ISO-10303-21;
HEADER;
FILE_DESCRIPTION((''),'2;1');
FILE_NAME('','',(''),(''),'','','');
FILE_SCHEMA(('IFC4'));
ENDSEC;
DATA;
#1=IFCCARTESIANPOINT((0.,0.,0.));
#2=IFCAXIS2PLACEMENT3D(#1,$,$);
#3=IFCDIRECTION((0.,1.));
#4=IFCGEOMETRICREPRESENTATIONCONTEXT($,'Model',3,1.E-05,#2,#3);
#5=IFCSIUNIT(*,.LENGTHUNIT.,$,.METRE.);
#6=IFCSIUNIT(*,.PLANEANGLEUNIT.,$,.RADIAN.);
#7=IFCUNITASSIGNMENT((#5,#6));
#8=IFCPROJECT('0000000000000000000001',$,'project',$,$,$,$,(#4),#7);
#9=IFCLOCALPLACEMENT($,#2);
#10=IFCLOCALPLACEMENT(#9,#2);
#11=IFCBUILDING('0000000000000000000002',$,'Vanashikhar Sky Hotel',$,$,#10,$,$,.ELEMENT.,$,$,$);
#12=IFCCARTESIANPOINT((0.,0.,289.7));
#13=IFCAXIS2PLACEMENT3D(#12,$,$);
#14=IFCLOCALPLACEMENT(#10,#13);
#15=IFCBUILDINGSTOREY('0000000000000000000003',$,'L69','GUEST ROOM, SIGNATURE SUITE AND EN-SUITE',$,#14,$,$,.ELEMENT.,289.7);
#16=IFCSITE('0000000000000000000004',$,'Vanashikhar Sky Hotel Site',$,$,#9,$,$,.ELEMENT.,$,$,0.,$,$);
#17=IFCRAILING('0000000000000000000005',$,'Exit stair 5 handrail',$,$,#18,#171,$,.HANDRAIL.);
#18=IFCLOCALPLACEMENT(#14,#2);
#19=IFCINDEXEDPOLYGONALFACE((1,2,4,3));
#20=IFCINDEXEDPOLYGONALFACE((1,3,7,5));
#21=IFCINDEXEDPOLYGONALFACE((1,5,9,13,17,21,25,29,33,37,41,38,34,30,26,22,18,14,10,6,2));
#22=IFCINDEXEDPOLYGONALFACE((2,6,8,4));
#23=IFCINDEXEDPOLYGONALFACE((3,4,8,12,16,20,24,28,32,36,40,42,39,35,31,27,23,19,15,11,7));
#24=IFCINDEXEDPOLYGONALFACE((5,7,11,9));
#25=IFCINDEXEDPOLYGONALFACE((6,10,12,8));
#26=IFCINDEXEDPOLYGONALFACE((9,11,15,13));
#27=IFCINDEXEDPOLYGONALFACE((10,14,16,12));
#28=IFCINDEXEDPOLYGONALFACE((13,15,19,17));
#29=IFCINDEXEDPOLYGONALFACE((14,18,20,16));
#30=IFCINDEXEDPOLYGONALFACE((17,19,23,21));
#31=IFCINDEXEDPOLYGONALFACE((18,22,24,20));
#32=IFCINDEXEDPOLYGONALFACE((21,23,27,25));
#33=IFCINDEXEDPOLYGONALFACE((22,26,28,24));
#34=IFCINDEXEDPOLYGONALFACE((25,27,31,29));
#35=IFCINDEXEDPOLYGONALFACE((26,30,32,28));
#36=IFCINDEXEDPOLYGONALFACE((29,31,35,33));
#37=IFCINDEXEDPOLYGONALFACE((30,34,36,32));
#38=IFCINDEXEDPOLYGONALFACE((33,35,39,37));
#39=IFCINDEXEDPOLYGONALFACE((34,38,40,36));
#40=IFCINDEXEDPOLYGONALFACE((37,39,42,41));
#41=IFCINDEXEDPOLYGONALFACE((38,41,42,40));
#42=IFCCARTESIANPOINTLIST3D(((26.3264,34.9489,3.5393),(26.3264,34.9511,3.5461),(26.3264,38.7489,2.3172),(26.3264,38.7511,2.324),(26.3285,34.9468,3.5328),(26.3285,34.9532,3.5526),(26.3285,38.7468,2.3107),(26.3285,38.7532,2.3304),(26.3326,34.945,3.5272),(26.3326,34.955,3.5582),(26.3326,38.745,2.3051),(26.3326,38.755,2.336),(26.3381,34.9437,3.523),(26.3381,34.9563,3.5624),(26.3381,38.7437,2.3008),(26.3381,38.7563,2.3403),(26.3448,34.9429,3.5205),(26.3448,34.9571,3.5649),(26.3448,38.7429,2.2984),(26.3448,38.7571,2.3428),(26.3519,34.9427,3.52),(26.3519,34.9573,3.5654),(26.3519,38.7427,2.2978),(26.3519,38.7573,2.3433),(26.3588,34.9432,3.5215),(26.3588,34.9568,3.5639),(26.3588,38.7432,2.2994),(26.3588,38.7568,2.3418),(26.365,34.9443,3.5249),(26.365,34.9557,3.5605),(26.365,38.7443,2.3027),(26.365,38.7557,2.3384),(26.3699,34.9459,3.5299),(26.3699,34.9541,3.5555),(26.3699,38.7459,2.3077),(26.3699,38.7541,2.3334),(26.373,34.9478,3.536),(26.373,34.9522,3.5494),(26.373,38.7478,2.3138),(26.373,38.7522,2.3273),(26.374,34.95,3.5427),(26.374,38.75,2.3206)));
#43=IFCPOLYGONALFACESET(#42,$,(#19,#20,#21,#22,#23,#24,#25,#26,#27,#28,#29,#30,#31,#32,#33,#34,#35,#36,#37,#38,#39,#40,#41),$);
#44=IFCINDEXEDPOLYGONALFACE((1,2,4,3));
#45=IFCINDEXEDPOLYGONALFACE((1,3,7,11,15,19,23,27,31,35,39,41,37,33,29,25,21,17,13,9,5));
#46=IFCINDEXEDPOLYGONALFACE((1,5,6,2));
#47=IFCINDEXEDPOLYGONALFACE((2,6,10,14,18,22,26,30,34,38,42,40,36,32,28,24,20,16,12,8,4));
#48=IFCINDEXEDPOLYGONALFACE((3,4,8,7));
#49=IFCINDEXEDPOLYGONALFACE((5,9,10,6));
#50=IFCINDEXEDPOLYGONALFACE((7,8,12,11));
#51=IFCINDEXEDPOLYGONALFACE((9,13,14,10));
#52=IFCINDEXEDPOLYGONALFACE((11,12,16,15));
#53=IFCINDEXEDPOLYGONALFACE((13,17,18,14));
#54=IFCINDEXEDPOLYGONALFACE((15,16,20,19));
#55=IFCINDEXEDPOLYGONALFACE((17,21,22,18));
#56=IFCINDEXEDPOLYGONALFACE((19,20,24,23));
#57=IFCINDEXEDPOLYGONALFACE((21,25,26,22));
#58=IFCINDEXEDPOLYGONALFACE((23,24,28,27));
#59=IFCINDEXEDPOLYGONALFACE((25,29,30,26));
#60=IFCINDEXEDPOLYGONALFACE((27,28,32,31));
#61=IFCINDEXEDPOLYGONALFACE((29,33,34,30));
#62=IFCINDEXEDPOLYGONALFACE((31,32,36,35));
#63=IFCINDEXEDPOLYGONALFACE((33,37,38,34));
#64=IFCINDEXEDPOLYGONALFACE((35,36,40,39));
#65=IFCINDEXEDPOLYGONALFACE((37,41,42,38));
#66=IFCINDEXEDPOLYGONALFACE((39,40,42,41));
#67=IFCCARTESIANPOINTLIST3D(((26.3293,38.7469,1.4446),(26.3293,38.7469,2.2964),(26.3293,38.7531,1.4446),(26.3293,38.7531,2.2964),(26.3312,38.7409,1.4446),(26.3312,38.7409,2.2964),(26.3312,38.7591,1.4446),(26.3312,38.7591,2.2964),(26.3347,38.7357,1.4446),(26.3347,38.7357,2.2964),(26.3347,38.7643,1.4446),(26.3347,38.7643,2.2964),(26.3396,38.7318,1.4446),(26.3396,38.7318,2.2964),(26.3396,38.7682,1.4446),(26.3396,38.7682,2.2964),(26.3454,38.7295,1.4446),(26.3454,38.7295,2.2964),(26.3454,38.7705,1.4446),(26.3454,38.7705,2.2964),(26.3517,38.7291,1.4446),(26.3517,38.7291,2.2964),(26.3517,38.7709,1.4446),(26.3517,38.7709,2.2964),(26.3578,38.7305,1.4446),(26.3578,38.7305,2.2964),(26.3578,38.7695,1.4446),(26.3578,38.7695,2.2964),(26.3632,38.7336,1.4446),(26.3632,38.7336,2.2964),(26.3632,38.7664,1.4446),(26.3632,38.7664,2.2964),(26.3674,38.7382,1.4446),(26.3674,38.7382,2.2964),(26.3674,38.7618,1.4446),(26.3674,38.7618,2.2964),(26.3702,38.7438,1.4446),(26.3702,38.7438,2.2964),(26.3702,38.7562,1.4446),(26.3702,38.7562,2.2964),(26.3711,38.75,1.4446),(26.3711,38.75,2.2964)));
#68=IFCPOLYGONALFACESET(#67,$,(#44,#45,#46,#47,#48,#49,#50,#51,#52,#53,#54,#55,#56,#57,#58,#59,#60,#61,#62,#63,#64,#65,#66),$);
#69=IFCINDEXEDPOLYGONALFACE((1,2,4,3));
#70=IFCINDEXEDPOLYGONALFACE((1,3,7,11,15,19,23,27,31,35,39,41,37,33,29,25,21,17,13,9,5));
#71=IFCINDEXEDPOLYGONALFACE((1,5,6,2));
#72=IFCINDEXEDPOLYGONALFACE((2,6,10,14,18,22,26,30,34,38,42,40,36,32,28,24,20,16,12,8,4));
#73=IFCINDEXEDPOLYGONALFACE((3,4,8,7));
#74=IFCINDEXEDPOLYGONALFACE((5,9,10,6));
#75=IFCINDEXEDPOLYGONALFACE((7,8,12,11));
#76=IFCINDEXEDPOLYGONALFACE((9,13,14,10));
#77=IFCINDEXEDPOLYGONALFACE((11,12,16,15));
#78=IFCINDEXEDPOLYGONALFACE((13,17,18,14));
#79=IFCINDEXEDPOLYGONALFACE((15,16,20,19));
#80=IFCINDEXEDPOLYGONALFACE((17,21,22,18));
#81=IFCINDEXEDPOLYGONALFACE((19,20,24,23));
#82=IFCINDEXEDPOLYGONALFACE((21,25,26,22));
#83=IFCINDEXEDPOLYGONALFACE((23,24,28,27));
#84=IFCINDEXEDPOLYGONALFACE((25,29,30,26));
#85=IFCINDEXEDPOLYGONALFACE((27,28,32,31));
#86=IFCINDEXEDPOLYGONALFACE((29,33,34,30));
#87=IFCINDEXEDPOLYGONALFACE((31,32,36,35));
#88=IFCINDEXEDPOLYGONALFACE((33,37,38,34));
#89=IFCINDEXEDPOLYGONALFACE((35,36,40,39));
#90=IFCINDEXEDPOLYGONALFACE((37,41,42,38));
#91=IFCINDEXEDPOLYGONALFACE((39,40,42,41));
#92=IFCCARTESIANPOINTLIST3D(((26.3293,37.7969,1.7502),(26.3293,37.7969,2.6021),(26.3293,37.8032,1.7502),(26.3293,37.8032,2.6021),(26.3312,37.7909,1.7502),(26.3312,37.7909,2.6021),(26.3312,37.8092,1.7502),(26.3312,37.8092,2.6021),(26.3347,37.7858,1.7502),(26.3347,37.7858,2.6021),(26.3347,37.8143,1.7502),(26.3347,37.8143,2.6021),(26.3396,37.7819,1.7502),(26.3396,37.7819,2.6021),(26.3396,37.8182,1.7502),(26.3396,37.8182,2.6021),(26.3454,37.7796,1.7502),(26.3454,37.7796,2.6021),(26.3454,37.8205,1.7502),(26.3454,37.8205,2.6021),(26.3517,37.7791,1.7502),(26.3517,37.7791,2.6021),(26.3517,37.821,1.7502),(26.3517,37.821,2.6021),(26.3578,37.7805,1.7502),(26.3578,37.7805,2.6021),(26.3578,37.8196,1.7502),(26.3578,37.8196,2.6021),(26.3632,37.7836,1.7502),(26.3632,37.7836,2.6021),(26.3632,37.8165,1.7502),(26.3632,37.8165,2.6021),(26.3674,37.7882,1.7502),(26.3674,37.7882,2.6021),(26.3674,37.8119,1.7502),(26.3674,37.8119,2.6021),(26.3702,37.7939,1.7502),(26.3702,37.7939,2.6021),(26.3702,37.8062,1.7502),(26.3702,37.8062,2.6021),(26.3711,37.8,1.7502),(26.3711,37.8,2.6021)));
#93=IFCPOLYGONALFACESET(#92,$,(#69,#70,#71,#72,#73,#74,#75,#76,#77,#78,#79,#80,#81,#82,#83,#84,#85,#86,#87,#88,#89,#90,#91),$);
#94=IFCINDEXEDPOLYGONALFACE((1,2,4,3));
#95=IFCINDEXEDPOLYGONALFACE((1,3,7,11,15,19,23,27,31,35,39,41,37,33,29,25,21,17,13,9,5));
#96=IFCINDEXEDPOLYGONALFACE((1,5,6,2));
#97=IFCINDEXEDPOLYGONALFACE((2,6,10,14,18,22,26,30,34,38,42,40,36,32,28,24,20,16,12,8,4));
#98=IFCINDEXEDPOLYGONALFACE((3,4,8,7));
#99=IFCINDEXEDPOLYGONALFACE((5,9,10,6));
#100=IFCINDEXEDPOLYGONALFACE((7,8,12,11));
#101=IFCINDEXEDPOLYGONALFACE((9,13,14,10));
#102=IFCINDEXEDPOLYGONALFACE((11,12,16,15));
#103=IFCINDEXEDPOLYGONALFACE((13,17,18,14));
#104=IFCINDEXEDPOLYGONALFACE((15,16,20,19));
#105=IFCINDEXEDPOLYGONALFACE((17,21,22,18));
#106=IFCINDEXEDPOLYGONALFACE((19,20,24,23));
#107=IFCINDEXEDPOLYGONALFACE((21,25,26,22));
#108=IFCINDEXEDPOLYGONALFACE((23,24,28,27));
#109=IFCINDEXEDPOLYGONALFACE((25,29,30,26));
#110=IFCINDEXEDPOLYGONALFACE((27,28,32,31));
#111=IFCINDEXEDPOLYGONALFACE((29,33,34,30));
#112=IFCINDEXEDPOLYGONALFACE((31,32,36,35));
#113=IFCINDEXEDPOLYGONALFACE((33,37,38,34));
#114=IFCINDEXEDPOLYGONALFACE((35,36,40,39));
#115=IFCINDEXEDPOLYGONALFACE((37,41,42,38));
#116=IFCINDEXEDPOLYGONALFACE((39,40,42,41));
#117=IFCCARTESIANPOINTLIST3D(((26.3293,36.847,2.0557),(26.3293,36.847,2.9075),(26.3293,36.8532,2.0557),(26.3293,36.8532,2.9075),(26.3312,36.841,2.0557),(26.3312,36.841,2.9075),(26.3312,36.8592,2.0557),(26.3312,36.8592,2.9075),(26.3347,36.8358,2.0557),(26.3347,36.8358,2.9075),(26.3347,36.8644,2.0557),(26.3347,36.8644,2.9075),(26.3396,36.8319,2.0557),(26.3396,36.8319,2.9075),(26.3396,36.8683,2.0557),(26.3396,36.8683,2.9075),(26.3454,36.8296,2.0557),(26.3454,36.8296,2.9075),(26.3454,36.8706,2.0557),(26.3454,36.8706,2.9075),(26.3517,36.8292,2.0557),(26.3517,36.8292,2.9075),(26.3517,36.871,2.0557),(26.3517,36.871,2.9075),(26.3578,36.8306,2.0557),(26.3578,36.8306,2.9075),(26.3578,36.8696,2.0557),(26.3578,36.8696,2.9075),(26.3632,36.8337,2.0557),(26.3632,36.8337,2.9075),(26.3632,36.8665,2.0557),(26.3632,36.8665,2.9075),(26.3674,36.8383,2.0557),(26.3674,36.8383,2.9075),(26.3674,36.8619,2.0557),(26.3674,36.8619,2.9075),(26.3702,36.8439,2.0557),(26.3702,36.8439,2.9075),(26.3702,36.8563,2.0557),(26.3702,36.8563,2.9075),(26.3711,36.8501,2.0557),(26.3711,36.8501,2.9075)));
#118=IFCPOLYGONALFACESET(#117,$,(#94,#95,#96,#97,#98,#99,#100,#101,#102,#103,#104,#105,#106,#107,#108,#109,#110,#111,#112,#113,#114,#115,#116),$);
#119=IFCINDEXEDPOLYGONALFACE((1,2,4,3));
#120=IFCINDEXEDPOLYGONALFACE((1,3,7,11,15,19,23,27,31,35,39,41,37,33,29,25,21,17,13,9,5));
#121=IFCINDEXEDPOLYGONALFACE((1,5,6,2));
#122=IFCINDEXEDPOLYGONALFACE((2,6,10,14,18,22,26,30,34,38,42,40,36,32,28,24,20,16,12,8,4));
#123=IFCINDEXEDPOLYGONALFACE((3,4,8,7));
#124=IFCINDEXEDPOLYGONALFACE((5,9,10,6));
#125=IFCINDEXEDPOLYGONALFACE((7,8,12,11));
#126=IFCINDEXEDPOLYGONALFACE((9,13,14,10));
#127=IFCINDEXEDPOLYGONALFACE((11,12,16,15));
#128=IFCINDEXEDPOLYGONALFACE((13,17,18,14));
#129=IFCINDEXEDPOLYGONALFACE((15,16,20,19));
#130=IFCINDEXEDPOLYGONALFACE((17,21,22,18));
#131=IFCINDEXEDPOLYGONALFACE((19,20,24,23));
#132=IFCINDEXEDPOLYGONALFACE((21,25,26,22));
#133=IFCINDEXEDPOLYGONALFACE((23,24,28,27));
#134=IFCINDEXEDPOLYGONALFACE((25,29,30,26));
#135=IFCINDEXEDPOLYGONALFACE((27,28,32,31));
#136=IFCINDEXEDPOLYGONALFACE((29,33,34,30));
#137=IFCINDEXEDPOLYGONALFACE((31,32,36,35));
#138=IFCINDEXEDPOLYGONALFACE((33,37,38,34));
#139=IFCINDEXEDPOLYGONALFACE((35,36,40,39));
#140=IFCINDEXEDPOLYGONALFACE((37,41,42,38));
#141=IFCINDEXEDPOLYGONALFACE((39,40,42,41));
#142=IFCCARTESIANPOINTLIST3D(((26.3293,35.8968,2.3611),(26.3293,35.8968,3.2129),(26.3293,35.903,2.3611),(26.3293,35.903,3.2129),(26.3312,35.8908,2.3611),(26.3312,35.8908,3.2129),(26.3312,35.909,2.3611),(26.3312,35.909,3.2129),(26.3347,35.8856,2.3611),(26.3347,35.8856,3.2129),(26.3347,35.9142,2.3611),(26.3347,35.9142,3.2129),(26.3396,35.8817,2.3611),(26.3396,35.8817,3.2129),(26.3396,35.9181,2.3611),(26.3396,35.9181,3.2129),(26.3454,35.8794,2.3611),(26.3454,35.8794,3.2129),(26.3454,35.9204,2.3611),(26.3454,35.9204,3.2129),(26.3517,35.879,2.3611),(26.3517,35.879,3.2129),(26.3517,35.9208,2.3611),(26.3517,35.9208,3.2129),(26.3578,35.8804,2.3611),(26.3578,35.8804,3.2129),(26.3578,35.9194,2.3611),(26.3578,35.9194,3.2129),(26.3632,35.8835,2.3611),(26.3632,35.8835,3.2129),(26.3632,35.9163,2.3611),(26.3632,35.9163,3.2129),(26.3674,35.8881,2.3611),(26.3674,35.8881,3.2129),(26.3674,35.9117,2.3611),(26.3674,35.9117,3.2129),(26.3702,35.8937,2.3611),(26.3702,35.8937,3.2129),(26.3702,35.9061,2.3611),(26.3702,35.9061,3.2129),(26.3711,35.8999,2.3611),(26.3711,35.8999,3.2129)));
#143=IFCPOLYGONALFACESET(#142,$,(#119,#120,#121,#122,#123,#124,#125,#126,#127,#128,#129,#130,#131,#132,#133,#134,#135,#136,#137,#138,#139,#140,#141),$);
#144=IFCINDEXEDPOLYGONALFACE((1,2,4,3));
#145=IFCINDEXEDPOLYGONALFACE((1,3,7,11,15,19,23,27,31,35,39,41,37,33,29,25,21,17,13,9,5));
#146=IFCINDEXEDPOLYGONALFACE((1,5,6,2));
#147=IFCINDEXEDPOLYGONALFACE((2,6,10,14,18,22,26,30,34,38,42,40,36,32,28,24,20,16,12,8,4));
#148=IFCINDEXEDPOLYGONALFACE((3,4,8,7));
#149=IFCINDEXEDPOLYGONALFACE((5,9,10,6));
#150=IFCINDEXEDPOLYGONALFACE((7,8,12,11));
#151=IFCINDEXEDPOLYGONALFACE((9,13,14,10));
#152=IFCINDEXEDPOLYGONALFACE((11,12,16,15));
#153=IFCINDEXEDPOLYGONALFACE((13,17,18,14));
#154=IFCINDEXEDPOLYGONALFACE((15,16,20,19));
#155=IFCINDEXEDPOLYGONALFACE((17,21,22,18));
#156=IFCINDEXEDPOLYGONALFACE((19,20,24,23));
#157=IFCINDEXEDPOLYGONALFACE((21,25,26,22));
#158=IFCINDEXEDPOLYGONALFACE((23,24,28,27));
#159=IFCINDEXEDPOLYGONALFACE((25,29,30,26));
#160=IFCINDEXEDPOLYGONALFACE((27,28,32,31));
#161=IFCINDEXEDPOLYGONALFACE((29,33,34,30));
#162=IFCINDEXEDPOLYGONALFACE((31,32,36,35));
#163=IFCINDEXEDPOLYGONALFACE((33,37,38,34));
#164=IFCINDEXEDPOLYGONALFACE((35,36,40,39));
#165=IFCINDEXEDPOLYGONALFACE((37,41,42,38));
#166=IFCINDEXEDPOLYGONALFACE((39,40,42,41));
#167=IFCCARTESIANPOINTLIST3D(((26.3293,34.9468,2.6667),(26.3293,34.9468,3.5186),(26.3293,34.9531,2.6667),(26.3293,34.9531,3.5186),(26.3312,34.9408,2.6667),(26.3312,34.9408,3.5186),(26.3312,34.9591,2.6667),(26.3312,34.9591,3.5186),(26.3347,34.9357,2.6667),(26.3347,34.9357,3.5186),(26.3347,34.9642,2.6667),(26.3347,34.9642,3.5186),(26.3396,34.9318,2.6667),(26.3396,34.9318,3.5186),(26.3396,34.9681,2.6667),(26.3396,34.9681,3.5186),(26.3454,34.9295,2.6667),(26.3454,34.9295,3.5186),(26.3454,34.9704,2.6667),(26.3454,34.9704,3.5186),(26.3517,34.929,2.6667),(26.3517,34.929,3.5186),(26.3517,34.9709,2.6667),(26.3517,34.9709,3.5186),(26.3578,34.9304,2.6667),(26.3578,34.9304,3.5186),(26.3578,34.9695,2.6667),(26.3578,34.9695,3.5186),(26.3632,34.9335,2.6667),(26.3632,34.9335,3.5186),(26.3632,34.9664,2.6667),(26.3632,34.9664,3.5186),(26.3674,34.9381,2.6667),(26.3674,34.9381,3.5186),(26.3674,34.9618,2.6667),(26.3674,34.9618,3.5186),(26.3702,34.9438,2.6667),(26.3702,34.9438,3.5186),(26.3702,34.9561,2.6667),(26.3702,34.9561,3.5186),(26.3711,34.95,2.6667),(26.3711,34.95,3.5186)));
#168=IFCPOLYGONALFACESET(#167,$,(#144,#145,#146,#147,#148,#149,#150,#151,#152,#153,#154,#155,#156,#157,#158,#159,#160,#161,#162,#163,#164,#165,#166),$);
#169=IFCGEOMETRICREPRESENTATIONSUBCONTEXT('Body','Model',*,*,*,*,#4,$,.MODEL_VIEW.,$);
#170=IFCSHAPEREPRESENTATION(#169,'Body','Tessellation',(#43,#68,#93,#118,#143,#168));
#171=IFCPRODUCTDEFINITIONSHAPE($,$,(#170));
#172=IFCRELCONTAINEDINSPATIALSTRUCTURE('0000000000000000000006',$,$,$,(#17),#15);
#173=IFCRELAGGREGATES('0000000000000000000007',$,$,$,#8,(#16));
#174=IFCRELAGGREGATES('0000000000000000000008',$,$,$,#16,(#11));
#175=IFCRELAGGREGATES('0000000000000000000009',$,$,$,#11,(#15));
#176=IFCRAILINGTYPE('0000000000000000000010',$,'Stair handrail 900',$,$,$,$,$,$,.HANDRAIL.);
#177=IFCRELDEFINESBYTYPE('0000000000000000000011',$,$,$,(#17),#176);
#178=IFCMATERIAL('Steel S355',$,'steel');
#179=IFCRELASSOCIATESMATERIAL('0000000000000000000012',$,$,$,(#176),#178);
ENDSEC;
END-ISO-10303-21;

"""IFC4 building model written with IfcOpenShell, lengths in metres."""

from ifc_helpers import new_model, si_unit, direction, frame, origin, origin_2d, place, context, subcontext, project, spatial, circle, extrude, source, transform, mapped, material, type_object, element, save


model = new_model("IFC4")

# Units and contexts
model_context = context("Model", 3, precision=1e-05, world=origin(), true_north=direction((0.0, 1.0)))
body_context = subcontext(model_context, "Body", "Model", "MODEL_VIEW")
ifc_project = project(units=[si_unit("LENGTHUNIT", "METRE"), si_unit("PLANEANGLEUNIT", "RADIAN")], contexts=[model_context])

# Site, building, storey
site_placement = place(None, origin())
site = spatial("IfcSite", under=ifc_project, at=site_placement, Name="Vanashikhar Sky Hotel Site", CompositionType="ELEMENT", RefElevation=0.0)
building_placement = place(site_placement, origin())
building = spatial("IfcBuilding", under=site, at=building_placement, Name="Vanashikhar Sky Hotel", CompositionType="ELEMENT")
storey_placement = place(building_placement, frame((0.0, 0.0, 289.7)))
storey = spatial("IfcBuildingStorey", under=building, at=storey_placement, Name="L69", Description="GUEST ROOM, SIGNATURE SUITE AND EN-SUITE", CompositionType="ELEMENT", Elevation=289.7)

# Railing
ifc_material_1 = material(Name="Steel S355", Category="steel")
railing_type_1 = type_object("IfcRailingType", Name="Stair handrail 900", PredefinedType="HANDRAIL", material=ifc_material_1)
shared_shape_1 = source(origin(), body_context, "Body", "SweptSolid", [
    extrude(circle(Radius=0.0239, at=origin_2d()), frame((0.0, 0.0, 0.876), z_axis=(0.0, -0.951976, 0.306173), x_axis=(1.0, 0.0, 0.0)), (0.0, 0.0, 1.0), 3.9917),
    extrude(circle(Radius=0.021, at=origin_2d()), origin(), (0.0, 0.0, 1.0), 0.8518),
    extrude(circle(Radius=0.021, at=origin_2d()), frame((0.0, -0.95, 0.3057)), (0.0, 0.0, 1.0), 0.8518),
    extrude(circle(Radius=0.021, at=origin_2d()), frame((0.0, -1.8999, 0.6111)), (0.0, 0.0, 1.0), 0.8518),
    extrude(circle(Radius=0.021, at=origin_2d()), frame((0.0, -2.8501, 0.9165)), (0.0, 0.0, 1.0), 0.8518),
    extrude(circle(Radius=0.021, at=origin_2d()), frame((0.0, -3.8, 1.2222)), (0.0, 0.0, 1.0), 0.8518),
])
railing_1_placement = place(storey_placement, frame((26.3501, 38.75, 1.4446)))
element("IfcRailing", 1, at=railing_1_placement, inside=storey, type_object=railing_type_1, Name="Exit stair 5 handrail", PredefinedType="HANDRAIL", context=body_context, shape_type="MappedRepresentation", body=[
    mapped(shared_shape_1, transform((0.0, 0.0, 0.0), scale=1.0)),
])

save(model, "model.ifc")
